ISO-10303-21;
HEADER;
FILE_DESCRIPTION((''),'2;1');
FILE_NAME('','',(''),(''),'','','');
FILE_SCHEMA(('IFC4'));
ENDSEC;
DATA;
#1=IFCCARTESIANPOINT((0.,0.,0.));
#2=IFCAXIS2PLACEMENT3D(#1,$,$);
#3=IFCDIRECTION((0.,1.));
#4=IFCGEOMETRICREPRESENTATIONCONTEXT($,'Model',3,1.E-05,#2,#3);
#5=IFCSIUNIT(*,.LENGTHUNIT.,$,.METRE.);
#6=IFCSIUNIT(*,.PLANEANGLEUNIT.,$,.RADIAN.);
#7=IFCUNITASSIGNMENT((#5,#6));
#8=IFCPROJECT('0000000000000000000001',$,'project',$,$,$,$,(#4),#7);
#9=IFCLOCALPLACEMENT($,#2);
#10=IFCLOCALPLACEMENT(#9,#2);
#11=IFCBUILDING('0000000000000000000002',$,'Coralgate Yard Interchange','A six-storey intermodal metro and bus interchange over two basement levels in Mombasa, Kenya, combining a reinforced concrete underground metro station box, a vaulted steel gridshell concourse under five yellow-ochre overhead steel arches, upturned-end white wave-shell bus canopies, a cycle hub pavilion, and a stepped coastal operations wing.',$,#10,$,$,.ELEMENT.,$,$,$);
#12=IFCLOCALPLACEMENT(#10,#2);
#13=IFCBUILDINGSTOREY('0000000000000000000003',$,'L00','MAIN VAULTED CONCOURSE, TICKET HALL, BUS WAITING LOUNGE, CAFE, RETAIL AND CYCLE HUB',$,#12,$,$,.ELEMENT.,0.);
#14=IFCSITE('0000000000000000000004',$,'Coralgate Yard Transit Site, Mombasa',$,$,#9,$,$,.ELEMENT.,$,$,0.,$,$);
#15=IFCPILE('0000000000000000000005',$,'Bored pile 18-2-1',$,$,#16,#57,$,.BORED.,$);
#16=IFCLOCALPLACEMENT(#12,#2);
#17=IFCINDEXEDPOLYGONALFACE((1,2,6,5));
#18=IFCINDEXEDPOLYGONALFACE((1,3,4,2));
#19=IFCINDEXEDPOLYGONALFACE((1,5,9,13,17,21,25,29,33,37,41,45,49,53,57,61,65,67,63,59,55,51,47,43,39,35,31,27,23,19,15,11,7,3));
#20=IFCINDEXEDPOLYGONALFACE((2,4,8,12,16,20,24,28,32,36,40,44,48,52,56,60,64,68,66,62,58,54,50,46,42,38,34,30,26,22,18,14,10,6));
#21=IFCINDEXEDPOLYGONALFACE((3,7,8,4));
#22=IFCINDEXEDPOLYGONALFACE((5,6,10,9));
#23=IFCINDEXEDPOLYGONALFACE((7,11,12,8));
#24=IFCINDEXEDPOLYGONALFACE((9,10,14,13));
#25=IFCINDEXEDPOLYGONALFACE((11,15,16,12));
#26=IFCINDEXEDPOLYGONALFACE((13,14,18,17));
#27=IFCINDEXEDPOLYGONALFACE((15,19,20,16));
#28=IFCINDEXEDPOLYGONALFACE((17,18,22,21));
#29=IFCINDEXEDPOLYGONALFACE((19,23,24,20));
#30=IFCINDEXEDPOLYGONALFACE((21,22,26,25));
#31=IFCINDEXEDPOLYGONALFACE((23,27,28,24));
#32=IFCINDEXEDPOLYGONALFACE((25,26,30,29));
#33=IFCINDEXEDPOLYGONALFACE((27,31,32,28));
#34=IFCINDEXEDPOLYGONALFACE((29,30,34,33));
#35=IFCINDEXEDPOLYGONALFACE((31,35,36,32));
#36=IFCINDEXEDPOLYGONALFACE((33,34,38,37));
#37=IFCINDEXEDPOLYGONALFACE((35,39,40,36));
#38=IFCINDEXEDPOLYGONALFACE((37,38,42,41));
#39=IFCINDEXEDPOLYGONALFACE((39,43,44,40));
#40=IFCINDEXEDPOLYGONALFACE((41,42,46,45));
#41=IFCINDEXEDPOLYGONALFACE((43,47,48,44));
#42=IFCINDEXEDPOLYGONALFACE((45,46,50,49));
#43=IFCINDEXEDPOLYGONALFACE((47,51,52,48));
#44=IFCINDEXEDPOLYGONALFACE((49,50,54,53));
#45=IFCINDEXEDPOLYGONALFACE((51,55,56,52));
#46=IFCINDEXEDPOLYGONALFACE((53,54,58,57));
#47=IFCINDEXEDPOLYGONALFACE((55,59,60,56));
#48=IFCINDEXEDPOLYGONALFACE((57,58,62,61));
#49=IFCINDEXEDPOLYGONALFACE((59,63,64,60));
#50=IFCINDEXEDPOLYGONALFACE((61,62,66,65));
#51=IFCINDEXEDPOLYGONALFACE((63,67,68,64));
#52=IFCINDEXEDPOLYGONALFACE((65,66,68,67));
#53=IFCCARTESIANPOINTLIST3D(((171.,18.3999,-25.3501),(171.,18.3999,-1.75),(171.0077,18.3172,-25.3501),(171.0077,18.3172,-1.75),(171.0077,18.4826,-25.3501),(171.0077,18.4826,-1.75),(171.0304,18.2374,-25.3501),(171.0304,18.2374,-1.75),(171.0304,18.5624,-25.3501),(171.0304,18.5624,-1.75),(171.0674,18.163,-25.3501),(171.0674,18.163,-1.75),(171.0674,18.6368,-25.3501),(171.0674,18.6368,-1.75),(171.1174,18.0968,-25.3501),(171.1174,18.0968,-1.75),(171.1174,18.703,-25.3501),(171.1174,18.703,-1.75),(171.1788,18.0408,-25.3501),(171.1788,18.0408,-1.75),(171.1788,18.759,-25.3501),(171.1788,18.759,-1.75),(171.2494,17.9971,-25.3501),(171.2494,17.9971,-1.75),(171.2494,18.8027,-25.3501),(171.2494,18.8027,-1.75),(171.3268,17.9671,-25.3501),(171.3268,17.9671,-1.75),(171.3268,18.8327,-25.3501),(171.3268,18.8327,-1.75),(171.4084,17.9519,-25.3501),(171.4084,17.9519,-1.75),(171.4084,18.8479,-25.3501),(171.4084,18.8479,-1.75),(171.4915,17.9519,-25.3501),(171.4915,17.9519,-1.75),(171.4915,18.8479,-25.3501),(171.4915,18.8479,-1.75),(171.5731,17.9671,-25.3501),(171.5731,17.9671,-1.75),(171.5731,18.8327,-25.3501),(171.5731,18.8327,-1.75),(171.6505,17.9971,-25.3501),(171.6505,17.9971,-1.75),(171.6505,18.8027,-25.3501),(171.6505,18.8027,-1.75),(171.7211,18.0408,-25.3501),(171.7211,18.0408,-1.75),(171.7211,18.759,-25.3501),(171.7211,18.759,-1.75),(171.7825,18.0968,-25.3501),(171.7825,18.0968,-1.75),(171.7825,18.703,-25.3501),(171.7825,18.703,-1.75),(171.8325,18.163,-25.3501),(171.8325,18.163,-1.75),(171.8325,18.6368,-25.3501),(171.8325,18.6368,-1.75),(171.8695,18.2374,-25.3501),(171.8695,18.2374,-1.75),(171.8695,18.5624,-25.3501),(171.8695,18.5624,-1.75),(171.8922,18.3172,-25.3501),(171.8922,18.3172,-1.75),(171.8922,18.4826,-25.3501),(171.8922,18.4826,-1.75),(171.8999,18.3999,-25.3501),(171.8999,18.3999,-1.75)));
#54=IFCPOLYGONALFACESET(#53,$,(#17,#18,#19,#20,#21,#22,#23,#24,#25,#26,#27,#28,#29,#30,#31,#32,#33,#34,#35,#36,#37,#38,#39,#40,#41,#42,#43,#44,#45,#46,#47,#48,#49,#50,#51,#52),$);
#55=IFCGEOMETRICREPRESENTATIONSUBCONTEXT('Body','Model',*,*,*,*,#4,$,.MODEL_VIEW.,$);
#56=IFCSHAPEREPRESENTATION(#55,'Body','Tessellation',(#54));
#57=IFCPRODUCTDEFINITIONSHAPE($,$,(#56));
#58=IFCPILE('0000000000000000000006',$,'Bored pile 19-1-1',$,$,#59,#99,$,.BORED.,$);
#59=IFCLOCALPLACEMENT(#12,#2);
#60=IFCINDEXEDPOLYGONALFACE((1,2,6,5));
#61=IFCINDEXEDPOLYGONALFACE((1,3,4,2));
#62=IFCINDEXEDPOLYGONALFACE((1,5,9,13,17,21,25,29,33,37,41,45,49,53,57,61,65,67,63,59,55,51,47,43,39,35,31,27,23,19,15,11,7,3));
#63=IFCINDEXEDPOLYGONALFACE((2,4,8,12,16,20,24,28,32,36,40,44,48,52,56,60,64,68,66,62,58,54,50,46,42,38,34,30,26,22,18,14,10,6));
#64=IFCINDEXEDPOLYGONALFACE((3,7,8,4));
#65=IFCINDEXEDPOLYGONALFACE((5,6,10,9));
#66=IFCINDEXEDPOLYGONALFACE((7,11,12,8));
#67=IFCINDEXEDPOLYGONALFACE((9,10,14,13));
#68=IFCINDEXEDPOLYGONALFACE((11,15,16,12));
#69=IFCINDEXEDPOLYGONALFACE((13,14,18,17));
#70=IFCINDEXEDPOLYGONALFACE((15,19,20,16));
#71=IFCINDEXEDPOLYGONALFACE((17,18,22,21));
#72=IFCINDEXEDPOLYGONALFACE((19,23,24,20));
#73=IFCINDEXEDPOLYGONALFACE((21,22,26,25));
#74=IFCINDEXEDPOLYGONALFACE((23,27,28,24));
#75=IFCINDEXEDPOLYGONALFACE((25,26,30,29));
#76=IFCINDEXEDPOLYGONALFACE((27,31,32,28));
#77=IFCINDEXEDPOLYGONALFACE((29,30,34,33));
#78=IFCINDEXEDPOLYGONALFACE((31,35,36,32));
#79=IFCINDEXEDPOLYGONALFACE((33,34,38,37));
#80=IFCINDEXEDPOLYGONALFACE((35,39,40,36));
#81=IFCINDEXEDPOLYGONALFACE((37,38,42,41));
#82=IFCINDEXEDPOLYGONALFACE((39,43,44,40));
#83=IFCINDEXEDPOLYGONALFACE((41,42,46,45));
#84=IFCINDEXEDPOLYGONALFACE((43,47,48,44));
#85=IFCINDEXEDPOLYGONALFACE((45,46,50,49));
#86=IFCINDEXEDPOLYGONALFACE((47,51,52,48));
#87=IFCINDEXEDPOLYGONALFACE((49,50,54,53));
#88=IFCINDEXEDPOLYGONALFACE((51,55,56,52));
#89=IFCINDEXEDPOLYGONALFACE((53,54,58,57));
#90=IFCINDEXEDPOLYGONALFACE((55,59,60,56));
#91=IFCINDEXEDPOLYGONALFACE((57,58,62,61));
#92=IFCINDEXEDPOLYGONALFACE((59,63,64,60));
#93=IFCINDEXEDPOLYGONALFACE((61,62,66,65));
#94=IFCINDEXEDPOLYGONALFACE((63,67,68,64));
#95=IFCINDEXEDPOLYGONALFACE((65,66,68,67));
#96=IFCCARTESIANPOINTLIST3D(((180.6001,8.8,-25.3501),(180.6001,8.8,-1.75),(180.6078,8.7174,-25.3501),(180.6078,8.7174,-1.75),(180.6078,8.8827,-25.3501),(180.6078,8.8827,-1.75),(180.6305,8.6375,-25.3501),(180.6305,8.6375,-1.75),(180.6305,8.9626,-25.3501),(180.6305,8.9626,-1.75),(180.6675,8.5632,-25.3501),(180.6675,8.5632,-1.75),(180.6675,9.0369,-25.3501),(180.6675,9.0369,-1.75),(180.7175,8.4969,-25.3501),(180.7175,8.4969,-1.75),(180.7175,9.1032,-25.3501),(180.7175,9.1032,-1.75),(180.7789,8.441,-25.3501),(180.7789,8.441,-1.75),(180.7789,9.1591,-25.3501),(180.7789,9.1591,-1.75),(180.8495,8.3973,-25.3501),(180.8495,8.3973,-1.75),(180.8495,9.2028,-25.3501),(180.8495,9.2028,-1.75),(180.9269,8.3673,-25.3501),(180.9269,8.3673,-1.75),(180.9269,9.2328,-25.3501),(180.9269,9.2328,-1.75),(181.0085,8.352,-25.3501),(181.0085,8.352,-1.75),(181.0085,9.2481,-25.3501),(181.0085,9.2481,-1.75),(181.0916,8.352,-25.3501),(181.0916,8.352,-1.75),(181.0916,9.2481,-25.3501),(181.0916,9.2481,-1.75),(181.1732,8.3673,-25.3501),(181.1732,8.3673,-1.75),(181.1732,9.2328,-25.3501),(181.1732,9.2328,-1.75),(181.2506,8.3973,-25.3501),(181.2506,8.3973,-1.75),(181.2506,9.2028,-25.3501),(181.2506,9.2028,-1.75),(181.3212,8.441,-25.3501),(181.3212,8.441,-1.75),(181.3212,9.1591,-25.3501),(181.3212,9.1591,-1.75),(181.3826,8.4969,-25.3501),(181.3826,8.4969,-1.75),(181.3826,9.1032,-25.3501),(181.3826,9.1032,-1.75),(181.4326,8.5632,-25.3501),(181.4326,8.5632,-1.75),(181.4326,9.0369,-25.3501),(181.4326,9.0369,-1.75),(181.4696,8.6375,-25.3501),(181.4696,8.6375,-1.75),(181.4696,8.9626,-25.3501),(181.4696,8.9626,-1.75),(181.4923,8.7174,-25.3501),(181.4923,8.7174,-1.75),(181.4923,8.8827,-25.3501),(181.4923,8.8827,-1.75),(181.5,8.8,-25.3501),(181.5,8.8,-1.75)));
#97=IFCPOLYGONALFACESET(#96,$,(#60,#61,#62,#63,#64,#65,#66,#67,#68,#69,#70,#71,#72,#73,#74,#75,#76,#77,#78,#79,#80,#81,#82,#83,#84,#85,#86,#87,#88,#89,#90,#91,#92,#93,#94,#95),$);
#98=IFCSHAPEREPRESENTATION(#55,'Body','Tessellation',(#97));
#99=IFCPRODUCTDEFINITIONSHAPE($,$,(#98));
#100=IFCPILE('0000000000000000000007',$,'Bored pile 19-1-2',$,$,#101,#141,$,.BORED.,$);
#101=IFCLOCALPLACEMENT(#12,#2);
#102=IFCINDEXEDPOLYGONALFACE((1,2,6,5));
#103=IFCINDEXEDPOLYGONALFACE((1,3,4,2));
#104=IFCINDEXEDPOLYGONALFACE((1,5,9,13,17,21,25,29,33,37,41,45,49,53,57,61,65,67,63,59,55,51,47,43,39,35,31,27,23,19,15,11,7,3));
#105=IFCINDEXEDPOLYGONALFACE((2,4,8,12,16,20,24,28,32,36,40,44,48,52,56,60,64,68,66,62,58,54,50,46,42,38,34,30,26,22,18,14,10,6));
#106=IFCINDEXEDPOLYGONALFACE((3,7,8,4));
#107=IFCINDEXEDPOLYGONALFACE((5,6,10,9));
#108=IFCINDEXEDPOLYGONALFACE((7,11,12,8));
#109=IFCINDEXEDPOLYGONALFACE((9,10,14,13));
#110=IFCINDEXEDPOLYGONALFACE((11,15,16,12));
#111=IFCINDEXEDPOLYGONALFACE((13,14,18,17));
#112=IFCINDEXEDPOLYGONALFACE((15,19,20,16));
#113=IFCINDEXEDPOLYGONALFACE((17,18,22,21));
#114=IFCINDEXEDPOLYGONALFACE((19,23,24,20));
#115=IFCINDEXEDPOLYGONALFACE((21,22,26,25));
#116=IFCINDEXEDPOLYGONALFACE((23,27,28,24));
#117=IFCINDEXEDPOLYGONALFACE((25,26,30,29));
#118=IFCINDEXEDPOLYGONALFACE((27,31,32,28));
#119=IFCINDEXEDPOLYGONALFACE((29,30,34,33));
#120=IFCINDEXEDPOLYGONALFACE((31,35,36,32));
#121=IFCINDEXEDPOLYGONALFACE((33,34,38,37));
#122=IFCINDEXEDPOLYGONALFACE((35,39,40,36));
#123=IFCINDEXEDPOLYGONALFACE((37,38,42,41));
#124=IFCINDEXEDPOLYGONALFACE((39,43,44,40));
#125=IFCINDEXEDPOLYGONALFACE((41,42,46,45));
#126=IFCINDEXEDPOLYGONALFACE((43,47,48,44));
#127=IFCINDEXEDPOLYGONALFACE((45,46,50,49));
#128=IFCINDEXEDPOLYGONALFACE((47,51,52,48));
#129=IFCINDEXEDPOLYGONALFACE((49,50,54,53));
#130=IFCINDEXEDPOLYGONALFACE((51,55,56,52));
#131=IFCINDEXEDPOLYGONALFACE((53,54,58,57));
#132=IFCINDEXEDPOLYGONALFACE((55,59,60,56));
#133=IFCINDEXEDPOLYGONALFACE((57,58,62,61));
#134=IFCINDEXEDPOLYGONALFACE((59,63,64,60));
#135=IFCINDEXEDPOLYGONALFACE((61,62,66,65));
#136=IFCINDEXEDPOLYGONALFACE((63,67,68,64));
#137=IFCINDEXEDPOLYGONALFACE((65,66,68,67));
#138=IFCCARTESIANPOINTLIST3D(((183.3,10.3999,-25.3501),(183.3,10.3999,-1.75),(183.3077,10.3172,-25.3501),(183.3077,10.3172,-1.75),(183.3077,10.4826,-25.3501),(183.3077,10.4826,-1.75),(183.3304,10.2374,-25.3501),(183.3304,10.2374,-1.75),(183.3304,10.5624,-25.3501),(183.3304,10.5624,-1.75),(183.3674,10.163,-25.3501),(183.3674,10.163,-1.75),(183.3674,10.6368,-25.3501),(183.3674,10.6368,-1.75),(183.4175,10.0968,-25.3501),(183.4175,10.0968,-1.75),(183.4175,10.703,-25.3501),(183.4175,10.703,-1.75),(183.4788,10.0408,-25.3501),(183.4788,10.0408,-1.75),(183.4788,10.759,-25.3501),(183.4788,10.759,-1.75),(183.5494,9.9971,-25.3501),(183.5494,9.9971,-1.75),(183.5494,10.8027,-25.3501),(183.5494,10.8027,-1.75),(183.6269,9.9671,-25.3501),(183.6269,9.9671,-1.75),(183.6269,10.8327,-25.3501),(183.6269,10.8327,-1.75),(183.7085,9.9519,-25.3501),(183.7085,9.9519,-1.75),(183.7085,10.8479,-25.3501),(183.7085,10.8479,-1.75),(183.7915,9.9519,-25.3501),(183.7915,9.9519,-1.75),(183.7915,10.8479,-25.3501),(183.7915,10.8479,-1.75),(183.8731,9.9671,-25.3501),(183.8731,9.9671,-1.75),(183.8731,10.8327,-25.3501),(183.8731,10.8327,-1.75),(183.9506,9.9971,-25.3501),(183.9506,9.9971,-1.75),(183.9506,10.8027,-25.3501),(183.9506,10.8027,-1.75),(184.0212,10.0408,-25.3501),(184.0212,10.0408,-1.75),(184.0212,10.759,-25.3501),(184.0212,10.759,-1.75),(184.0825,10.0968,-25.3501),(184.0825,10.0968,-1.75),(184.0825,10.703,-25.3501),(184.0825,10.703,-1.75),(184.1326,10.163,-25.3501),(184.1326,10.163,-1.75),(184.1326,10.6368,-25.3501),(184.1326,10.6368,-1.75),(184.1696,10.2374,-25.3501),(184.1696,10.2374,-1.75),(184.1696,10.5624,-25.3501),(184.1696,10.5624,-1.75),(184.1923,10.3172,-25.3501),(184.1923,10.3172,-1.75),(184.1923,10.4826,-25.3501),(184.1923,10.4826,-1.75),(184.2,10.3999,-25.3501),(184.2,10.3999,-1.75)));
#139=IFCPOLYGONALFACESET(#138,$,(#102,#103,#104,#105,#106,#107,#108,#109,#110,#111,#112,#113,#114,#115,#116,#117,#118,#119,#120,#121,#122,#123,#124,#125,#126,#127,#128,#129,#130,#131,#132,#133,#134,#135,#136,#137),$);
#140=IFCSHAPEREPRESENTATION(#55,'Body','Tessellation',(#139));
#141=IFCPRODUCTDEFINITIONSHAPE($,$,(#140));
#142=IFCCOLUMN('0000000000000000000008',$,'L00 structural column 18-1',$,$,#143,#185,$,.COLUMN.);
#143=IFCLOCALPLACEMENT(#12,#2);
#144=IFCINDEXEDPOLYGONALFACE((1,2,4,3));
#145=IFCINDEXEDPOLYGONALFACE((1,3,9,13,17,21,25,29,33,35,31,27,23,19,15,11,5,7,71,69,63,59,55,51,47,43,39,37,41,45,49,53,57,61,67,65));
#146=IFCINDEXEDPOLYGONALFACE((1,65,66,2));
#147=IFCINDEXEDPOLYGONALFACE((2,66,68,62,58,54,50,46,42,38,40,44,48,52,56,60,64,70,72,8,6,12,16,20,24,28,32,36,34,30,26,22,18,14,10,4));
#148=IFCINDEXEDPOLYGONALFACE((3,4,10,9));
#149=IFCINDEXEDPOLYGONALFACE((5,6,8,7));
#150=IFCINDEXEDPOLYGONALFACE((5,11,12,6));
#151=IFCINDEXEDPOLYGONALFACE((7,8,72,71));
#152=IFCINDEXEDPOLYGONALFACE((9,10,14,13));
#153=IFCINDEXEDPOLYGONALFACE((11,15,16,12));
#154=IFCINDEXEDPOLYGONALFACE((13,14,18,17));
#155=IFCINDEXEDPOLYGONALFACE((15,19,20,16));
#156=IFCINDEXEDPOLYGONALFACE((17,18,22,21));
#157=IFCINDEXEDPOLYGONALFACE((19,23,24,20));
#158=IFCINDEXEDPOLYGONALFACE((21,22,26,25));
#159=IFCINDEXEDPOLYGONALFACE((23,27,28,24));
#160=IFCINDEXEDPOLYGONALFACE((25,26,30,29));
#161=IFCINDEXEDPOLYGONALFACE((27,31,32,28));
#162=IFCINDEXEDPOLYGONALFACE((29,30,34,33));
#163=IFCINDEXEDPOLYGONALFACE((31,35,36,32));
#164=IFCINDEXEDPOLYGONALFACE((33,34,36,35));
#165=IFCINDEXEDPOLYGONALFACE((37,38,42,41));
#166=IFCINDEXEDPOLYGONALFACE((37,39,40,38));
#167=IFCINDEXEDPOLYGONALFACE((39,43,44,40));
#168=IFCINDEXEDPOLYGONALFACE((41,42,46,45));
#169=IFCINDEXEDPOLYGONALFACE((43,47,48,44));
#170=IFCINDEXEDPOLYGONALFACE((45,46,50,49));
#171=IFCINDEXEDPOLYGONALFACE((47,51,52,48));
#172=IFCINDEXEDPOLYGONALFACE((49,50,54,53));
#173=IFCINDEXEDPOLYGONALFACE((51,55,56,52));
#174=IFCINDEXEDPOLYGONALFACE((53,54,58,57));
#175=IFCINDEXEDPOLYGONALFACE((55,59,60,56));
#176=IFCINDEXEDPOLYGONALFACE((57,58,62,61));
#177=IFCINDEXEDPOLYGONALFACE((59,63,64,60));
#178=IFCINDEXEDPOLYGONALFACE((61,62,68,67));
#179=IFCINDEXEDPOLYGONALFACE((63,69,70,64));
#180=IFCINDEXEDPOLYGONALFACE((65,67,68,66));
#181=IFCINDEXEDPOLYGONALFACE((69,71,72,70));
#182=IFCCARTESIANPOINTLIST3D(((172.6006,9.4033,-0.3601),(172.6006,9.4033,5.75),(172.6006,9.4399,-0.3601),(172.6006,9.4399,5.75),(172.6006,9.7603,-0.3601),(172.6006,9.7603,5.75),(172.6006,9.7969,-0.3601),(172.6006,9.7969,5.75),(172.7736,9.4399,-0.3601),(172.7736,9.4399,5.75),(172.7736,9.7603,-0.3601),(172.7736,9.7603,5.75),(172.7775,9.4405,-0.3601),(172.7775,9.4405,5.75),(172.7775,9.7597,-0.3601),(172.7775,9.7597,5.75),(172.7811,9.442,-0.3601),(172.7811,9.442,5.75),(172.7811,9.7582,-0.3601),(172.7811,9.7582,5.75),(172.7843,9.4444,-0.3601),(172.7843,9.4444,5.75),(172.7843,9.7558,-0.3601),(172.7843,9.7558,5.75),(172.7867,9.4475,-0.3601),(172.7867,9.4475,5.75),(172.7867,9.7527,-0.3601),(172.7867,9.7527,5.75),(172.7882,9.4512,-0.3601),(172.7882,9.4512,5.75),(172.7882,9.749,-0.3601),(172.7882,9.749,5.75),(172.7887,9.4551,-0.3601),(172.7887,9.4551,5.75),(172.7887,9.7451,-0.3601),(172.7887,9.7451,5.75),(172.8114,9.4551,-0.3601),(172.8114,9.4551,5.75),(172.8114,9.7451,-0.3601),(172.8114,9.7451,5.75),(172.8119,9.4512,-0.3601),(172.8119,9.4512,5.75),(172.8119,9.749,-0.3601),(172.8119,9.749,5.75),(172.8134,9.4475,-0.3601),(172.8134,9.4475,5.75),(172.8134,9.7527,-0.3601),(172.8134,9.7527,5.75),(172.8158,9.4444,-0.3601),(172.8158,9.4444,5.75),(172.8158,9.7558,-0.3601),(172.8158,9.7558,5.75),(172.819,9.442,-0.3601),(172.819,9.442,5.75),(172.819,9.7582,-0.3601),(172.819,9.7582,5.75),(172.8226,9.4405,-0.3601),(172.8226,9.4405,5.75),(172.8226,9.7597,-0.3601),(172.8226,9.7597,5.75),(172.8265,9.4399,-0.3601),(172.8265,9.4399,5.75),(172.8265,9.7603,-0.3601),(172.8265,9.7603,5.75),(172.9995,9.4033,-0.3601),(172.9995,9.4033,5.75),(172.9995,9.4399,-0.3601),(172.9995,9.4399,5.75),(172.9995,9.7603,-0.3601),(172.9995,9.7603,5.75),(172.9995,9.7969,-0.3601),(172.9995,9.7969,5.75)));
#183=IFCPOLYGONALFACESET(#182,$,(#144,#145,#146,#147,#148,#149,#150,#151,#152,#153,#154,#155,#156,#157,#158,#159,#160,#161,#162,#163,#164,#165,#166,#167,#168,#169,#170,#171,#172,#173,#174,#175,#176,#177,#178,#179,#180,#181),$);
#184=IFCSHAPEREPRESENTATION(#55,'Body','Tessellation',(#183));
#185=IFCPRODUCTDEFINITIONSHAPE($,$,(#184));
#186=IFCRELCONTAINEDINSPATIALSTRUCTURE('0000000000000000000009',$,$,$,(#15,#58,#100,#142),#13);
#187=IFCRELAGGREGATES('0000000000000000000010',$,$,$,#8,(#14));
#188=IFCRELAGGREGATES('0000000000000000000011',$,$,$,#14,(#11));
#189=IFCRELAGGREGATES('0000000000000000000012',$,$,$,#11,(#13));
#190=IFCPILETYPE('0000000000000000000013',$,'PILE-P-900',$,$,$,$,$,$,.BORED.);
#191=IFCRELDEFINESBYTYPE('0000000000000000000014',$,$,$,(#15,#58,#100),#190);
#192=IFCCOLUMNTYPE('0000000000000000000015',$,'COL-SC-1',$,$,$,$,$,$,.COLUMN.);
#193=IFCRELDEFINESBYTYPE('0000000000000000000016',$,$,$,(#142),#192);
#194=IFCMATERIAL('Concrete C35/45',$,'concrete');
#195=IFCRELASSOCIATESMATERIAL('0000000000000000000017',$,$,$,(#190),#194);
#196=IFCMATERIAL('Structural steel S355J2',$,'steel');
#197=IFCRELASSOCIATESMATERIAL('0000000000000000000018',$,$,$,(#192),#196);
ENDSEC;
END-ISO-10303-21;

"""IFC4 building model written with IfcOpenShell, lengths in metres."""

from ifc_helpers import new_model, si_unit, direction, frame, origin, origin_2d, place, context, subcontext, project, spatial, circle, i_section, extrude, material, material_profile, profile_set, type_object, element, save


model = new_model("IFC4")

# Units and contexts
model_context = context("Model", 3, precision=1e-05, world=origin(), true_north=direction((0.0, 1.0)))
body_context = subcontext(model_context, "Body", "Model", "MODEL_VIEW")
ifc_project = project(units=[si_unit("LENGTHUNIT", "METRE"), si_unit("PLANEANGLEUNIT", "RADIAN")], contexts=[model_context])

# Site, building, storey
site_placement = place(None, origin())
site = spatial("IfcSite", under=ifc_project, at=site_placement, Name="Coralgate Yard Transit Site, Mombasa", CompositionType="ELEMENT", RefElevation=0.0)
building_placement = place(site_placement, origin())
building = spatial("IfcBuilding", under=site, at=building_placement, Name="Coralgate Yard Interchange", Description="A six-storey intermodal metro and bus interchange over two basement levels in Mombasa, Kenya, combining a reinforced concrete underground metro station box, a vaulted steel gridshell concourse under five yellow-ochre overhead steel arches, upturned-end white wave-shell bus canopies, a cycle hub pavilion, and a stepped coastal operations wing.", CompositionType="ELEMENT")
storey_placement = place(building_placement, origin())
storey = spatial("IfcBuildingStorey", under=building, at=storey_placement, Name="L00", Description="MAIN VAULTED CONCOURSE, TICKET HALL, BUS WAITING LOUNGE, CAFE, RETAIL AND CYCLE HUB", CompositionType="ELEMENT", Elevation=0.0)

# Piles
ifc_material_1 = material(Name="Concrete C35/45", Category="concrete")
ifc_material_profile_1 = material_profile(ifc_material_1, circle(Radius=0.45, at=origin_2d()), Name="BORED PILE D900")
ifc_profile_set_1 = profile_set([ifc_material_profile_1], Name="Concrete C35/45")
pile_type = type_object("IfcPileType", Name="PILE-P-900", PredefinedType="BORED", material=ifc_profile_set_1)
for number, where, z_axis, x_axis, name in (
    (1, (171.45, 18.3999, -1.75), (0.0, 0.0, -1.0), (1.0, 0.0, 0.0), "Bored pile 18-2-1"),
    (2, (181.05, 8.8, -1.75), (0.0, 0.0, -1.0), (1.0, 0.0, 0.0), "Bored pile 19-1-1"),
    (3, (183.75, 10.3999, -1.75), (0.0, 0.0, -1.0), (1.0, 0.0, 0.0), "Bored pile 19-1-2"),
):
    element("IfcPile", number, at=place(storey_placement, frame(where, z_axis=z_axis, x_axis=x_axis)), inside=storey, type_object=pile_type, Name=name, PredefinedType="BORED", context=body_context, shape_type="SweptSolid", body=[
        extrude(circle(Radius=0.45, at=origin_2d()), origin(), (0.0, 0.0, 1.0), 23.6001),
    ])

# Column
ifc_material_2 = material(Name="Structural steel S355J2", Category="steel")
ifc_material_profile_2 = material_profile(ifc_material_2, i_section(OverallWidth=0.3989, OverallDepth=0.3936, WebThickness=0.0227, FlangeThickness=0.0366, FilletRadius=0.0151, at=origin_2d()), Name="UC 356x406x287")
ifc_profile_set_2 = profile_set([ifc_material_profile_2], Name="Structural steel S355J2")
column_type_1 = type_object("IfcColumnType", Name="COL-SC-1", PredefinedType="COLUMN", material=ifc_profile_set_2)
column_1_placement = place(storey_placement, frame((172.8, 9.6001, -0.3601), z_axis=(0.0, 0.0, 1.0), x_axis=(1.0, 0.0, 0.0)))
element("IfcColumn", 4, at=column_1_placement, inside=storey, type_object=column_type_1, Name="L00 structural column 18-1", PredefinedType="COLUMN", context=body_context, shape_type="SweptSolid", body=[
    extrude(i_section(OverallWidth=0.3989, OverallDepth=0.3936, WebThickness=0.0227, FlangeThickness=0.0366, FilletRadius=0.0151, at=origin_2d()), origin(), (0.0, 0.0, 1.0), 6.1101),
])

save(model, "model.ifc")
